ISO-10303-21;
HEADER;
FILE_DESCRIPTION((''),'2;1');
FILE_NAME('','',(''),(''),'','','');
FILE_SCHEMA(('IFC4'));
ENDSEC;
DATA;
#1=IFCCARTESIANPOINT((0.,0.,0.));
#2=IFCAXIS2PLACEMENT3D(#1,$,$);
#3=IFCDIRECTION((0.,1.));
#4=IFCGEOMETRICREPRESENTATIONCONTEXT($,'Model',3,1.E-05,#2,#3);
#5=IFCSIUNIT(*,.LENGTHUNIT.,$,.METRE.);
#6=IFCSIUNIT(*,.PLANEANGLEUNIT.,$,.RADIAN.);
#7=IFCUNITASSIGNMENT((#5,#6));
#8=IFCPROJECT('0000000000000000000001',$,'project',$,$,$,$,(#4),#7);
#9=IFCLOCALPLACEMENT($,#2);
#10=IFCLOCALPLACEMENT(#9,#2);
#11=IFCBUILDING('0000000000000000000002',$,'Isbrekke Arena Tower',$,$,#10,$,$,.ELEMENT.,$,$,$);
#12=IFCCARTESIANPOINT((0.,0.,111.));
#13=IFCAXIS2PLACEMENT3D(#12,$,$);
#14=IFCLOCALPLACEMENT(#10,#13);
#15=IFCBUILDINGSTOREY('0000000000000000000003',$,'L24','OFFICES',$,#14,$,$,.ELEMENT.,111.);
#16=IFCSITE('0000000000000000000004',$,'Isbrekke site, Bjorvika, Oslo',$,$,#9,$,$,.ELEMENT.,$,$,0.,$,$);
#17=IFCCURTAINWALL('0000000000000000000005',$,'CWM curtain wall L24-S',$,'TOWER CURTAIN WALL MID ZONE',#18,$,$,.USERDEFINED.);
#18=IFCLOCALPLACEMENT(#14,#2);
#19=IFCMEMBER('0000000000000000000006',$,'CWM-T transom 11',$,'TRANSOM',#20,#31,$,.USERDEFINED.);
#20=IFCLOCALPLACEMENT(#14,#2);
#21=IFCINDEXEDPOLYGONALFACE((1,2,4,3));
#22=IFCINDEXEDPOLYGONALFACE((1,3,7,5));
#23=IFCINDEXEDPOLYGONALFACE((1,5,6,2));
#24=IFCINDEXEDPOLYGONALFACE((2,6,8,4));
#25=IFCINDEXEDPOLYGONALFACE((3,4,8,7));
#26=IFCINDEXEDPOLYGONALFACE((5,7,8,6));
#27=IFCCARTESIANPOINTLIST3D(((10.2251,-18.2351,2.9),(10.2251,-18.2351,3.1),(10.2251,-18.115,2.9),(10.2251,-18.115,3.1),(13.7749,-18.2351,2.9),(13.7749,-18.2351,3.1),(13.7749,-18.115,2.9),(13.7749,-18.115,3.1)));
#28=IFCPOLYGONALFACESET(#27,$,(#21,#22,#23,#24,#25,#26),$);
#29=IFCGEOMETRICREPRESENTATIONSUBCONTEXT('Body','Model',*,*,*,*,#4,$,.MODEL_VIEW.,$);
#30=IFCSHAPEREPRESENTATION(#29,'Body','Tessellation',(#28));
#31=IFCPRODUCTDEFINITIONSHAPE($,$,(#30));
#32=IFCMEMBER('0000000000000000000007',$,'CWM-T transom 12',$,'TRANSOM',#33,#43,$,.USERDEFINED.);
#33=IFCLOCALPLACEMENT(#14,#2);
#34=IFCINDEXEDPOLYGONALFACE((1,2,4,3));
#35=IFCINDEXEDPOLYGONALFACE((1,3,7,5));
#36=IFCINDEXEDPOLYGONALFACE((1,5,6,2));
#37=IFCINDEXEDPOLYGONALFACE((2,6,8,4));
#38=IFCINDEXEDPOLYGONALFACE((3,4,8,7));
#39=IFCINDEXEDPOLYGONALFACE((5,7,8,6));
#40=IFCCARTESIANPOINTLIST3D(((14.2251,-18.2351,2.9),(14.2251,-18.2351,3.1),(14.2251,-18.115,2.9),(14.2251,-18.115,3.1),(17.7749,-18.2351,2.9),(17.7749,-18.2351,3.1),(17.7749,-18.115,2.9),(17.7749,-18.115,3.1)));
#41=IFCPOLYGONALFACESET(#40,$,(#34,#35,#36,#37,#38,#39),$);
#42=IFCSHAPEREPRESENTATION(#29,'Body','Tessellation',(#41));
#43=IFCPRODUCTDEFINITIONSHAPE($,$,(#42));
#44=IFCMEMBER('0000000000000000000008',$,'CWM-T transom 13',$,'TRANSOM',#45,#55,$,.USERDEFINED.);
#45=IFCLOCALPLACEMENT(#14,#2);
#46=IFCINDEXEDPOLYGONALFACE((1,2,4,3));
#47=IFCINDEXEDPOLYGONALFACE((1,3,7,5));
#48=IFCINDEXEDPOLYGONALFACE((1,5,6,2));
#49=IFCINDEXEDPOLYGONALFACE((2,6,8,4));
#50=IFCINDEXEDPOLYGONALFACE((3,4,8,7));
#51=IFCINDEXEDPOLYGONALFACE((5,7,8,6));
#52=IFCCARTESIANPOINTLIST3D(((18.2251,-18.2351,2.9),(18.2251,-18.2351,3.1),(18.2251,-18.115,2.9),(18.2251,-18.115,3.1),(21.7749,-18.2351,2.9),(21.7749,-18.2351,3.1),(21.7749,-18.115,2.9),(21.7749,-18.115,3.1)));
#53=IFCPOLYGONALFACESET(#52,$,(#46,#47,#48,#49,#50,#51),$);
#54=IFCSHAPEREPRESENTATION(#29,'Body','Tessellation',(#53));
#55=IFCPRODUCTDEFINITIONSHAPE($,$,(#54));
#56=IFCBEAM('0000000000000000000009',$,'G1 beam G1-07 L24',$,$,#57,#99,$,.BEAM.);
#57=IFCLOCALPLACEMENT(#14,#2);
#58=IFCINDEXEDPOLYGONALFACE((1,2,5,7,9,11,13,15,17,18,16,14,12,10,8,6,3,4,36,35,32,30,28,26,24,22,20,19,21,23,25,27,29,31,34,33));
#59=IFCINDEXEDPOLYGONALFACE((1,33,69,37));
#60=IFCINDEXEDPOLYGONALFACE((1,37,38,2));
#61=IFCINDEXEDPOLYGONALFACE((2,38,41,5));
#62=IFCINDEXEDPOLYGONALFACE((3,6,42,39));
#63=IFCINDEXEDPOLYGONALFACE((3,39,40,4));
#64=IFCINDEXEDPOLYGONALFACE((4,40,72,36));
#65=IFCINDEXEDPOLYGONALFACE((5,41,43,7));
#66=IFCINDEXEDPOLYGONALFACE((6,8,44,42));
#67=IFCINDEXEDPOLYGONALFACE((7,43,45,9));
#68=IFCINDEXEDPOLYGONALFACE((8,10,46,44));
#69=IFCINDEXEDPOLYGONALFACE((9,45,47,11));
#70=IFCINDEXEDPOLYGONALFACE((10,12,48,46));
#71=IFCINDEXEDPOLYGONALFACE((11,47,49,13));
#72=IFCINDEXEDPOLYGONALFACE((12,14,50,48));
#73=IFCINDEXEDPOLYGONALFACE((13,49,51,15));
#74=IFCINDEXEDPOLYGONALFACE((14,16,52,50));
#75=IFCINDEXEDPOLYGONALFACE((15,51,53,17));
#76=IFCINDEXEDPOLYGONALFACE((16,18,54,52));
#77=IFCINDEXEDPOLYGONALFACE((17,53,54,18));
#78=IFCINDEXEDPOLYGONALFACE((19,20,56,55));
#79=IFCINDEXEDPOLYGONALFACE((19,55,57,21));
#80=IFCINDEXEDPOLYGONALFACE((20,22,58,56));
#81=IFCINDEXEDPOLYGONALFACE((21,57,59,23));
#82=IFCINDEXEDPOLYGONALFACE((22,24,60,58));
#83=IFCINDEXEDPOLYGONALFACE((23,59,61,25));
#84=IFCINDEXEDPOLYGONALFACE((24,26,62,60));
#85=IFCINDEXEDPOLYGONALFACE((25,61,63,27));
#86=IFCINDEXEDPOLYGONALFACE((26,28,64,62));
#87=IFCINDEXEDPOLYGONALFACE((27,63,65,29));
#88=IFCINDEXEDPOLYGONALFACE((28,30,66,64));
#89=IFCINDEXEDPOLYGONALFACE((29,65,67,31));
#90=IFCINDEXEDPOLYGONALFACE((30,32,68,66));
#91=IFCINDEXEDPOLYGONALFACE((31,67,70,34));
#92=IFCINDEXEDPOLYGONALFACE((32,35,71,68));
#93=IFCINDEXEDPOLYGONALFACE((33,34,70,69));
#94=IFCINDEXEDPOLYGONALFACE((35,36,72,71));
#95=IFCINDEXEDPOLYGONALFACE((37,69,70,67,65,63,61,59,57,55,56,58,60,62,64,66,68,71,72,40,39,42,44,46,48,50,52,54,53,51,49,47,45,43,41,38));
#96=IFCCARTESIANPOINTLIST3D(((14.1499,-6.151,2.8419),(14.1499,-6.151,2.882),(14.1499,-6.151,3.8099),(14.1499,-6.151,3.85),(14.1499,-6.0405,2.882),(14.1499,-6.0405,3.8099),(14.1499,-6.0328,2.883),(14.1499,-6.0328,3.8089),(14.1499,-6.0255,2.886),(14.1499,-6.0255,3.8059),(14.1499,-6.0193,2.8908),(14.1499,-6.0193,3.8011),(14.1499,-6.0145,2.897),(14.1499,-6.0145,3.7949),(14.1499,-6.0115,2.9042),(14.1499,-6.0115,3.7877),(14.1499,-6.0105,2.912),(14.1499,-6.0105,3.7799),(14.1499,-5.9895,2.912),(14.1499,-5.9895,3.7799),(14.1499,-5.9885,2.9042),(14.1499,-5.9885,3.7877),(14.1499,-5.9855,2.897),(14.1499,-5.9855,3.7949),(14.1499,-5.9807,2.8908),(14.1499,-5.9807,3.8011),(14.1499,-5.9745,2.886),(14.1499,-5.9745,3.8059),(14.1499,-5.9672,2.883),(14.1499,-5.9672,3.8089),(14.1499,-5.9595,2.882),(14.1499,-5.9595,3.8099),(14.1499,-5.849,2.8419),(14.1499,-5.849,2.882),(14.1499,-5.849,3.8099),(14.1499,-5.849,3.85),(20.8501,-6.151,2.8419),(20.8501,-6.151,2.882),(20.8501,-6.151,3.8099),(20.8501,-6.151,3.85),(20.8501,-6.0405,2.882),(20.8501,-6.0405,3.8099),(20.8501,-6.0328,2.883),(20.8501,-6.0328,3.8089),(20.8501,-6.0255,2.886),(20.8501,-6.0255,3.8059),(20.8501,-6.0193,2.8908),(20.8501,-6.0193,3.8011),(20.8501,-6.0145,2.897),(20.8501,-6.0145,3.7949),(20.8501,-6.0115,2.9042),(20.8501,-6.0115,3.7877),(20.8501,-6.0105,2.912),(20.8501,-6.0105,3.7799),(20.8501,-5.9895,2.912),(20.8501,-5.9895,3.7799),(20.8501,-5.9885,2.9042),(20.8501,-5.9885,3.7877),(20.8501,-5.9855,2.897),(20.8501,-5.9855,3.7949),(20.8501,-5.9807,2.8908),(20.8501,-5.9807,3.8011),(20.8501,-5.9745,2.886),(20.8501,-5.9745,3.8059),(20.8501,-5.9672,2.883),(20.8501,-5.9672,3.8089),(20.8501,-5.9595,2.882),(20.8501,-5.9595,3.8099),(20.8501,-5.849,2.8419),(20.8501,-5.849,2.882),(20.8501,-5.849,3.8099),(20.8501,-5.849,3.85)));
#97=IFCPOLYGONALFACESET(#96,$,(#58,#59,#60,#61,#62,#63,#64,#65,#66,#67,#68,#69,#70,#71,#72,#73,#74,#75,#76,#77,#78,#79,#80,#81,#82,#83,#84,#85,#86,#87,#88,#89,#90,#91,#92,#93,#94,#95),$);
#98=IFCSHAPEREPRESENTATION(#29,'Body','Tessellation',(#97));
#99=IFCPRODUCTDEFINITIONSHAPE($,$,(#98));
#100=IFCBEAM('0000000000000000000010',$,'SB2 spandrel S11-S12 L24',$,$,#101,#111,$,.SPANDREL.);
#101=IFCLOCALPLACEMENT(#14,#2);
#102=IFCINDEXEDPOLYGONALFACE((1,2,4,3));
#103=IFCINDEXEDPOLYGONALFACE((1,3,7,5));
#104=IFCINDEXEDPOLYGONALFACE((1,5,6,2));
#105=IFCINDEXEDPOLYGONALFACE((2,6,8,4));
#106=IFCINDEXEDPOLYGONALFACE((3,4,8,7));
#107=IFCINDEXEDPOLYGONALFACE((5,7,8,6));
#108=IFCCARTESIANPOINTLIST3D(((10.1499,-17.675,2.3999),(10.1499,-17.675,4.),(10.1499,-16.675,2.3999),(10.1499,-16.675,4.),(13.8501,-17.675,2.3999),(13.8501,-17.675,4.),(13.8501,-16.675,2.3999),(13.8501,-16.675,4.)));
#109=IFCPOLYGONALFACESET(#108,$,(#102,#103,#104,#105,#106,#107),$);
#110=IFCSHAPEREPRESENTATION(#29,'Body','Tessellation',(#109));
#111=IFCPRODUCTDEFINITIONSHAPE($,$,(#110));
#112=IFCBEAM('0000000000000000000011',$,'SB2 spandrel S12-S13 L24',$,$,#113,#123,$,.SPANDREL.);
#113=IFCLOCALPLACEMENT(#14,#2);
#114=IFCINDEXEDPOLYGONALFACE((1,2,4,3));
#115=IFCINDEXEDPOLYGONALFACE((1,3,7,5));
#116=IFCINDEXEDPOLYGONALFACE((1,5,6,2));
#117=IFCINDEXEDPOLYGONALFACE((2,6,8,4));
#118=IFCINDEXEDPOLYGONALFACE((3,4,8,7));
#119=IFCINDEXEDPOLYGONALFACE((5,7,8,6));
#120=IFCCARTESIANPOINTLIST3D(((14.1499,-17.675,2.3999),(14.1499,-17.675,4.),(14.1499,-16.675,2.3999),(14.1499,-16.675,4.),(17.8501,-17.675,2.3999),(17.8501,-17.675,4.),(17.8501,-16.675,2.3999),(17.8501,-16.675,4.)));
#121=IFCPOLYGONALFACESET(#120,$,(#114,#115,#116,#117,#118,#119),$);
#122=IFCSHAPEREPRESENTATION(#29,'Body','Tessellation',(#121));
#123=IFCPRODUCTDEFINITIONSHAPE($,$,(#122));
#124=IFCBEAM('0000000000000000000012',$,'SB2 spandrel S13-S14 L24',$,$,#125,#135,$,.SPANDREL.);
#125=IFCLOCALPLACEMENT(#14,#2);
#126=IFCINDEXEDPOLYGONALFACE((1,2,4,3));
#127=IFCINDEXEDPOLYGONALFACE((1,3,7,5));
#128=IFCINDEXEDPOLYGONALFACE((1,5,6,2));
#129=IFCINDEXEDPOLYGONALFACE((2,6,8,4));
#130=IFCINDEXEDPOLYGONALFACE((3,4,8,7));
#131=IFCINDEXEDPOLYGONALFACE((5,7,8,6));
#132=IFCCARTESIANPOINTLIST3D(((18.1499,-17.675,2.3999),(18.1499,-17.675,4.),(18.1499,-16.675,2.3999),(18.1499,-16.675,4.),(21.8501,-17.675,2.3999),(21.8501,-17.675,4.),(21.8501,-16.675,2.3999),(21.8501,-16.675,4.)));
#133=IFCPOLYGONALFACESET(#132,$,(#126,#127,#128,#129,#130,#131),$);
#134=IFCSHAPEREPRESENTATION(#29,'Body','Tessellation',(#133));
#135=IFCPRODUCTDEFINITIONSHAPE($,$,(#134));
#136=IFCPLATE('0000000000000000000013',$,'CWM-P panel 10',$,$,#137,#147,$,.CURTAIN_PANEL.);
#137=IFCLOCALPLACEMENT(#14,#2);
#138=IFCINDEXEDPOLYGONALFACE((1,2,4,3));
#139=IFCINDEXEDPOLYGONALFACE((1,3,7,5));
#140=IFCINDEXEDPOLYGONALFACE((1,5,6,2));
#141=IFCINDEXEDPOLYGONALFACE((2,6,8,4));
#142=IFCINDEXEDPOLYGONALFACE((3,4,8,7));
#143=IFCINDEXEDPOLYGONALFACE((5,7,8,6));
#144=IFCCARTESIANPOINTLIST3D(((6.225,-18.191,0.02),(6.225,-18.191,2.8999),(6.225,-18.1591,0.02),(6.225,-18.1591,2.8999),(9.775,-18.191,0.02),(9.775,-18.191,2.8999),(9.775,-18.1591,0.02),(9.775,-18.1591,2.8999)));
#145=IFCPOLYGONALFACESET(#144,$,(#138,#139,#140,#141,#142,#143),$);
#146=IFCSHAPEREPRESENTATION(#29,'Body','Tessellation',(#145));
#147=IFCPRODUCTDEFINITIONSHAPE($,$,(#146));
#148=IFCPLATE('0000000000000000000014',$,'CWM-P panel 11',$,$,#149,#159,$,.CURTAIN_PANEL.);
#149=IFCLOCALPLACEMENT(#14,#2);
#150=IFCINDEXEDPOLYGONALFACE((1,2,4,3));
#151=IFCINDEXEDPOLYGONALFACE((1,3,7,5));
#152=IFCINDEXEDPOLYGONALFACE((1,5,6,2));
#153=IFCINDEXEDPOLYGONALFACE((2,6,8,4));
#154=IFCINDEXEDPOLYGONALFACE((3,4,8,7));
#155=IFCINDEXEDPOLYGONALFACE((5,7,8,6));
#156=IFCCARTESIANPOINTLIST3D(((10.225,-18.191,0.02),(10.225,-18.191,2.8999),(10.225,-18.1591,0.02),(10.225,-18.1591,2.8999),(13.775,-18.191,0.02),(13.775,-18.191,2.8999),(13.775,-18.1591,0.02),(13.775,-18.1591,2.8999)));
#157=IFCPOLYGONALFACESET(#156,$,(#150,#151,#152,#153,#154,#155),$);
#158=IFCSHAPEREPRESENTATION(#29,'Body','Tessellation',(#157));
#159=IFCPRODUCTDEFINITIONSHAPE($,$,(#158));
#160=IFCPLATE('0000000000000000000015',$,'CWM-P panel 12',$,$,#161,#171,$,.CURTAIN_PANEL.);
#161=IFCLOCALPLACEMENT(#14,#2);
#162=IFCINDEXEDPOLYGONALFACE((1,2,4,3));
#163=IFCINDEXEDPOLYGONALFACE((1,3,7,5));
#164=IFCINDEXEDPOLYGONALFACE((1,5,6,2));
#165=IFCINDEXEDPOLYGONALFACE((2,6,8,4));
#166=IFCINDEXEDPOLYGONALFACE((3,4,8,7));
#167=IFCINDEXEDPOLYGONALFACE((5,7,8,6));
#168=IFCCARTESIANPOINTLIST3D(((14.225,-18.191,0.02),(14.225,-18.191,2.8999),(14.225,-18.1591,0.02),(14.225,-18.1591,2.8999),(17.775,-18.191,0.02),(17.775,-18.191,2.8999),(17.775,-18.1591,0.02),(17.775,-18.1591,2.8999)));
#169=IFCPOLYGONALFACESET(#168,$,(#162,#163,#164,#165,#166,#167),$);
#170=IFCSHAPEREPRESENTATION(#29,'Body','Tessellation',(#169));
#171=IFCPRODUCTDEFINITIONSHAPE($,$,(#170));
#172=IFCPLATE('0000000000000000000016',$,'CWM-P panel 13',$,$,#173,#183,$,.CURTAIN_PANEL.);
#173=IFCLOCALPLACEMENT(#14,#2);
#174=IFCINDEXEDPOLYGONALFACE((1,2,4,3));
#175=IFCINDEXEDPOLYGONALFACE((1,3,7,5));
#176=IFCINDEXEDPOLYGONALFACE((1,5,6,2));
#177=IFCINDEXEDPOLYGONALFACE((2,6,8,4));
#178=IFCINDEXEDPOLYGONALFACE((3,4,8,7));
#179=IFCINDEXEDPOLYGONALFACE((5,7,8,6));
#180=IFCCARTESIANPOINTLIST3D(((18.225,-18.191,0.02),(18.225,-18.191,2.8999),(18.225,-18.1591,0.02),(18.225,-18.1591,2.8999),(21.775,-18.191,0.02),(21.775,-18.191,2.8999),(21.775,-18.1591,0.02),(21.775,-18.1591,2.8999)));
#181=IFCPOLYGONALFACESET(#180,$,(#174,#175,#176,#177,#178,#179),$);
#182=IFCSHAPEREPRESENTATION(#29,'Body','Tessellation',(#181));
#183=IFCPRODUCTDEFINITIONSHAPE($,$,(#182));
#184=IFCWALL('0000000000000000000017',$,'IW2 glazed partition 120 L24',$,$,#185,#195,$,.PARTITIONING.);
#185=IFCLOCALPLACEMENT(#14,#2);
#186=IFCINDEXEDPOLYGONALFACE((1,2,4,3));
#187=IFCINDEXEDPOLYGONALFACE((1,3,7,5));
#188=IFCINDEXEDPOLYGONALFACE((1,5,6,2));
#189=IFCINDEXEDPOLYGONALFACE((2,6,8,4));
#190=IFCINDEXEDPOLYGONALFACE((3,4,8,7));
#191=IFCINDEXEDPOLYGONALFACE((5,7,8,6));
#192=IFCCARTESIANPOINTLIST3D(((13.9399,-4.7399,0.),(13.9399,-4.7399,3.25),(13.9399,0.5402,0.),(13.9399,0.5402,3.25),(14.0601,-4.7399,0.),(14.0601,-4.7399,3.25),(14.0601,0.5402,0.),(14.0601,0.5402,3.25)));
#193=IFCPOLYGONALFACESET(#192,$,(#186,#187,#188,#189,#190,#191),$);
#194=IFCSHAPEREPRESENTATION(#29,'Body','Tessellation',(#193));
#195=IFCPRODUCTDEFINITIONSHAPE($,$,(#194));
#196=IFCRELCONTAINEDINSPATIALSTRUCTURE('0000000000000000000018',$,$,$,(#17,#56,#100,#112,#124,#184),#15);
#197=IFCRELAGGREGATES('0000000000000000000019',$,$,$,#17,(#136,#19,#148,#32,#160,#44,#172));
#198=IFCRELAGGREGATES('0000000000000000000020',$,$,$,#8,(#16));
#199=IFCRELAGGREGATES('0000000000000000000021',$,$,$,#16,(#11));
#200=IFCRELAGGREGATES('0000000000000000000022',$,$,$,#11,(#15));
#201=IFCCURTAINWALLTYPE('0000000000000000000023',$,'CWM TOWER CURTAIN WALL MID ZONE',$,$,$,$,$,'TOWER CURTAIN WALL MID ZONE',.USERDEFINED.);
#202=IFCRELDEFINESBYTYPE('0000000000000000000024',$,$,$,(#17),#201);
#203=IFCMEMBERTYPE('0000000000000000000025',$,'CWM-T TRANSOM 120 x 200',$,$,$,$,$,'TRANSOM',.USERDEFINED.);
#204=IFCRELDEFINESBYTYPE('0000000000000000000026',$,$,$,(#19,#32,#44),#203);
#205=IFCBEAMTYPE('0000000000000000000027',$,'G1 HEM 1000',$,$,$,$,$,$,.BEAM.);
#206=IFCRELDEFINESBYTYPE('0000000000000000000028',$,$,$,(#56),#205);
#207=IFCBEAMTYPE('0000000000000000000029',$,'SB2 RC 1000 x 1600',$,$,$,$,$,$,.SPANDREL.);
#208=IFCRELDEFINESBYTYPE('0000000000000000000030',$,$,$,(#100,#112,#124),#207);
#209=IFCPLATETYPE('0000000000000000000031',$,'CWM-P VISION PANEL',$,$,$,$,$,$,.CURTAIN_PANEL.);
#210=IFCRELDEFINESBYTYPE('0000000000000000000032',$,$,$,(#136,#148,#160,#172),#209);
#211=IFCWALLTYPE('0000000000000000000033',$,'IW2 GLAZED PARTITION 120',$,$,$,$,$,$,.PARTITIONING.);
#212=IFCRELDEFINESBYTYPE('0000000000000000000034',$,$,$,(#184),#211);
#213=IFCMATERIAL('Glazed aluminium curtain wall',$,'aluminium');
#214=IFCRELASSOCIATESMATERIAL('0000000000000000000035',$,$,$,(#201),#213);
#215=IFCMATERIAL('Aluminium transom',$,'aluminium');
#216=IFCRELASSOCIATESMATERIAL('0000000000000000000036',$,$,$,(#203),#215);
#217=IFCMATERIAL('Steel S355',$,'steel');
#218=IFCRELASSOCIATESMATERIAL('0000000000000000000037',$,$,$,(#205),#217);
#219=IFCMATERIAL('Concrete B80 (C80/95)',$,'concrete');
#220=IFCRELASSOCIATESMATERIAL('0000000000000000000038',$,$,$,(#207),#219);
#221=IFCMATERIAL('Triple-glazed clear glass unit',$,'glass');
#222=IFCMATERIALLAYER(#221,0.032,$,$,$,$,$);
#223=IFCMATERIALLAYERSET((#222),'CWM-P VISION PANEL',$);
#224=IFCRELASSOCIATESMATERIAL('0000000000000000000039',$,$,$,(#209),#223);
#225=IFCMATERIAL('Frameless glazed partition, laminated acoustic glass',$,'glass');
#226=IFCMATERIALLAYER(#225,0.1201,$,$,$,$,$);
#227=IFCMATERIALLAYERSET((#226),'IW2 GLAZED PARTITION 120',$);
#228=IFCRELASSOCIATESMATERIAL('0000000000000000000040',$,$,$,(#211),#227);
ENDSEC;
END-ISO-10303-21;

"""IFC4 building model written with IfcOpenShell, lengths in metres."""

from ifc_helpers import new_model, si_unit, direction, frame, frame_2d, origin, origin_2d, place, context, subcontext, project, spatial, rectangle, i_section, extrude, material, layer, layer_set, material_profile, profile_set, type_object, element, aggregate, save


model = new_model("IFC4")

# Units and contexts
model_context = context("Model", 3, precision=1e-05, world=origin(), true_north=direction((0.0, 1.0)))
body_context = subcontext(model_context, "Body", "Model", "MODEL_VIEW")
ifc_project = project(units=[si_unit("LENGTHUNIT", "METRE"), si_unit("PLANEANGLEUNIT", "RADIAN")], contexts=[model_context])

# Site, building, storey
site_placement = place(None, origin())
site = spatial("IfcSite", under=ifc_project, at=site_placement, Name="Isbrekke site, Bjorvika, Oslo", CompositionType="ELEMENT", RefElevation=0.0)
building_placement = place(site_placement, origin())
building = spatial("IfcBuilding", under=site, at=building_placement, Name="Isbrekke Arena Tower", CompositionType="ELEMENT")
storey_placement = place(building_placement, frame((0.0, 0.0, 111.0)))
storey = spatial("IfcBuildingStorey", under=building, at=storey_placement, Name="L24", Description="OFFICES", CompositionType="ELEMENT", Elevation=111.0)

# Curtain wall, members
ifc_material_1 = material(Name="Glazed aluminium curtain wall", Category="aluminium")
curtain_wall_type = type_object("IfcCurtainWallType", Name="CWM TOWER CURTAIN WALL MID ZONE", ElementType="TOWER CURTAIN WALL MID ZONE", PredefinedType="USERDEFINED", material=ifc_material_1)
curtain_wall_placement = place(storey_placement, origin())
curtain_wall = element("IfcCurtainWall", 1, at=curtain_wall_placement, inside=storey, type_object=curtain_wall_type, Name="CWM curtain wall L24-S", ObjectType="TOWER CURTAIN WALL MID ZONE", PredefinedType="USERDEFINED")
ifc_material_2 = material(Name="Aluminium transom", Category="aluminium")
ifc_material_profile_1 = material_profile(ifc_material_2, rectangle(XDim=0.1201, YDim=0.2, at=origin_2d()), Name="TRANSOM 120X200")
ifc_profile_set_1 = profile_set([ifc_material_profile_1], Name="Aluminium transom")
member_type_1 = type_object("IfcMemberType", Name="CWM-T TRANSOM 120 x 200", ElementType="TRANSOM", PredefinedType="USERDEFINED", material=ifc_profile_set_1)
member_1_placement = place(storey_placement, frame((10.2251, -18.175, 3.0), z_axis=(1.0, 0.0, 0.0), x_axis=(0.0, 1.0, 0.0)))
member_1 = element("IfcMember", 2, at=member_1_placement, type_object=member_type_1, Name="CWM-T transom 11", ObjectType="TRANSOM", PredefinedType="USERDEFINED", context=body_context, shape_type="SweptSolid", body=[
    extrude(rectangle(XDim=0.1201, YDim=0.2, at=origin_2d()), origin(), (0.0, 0.0, 1.0), 3.5498),
])
member_2_placement = place(storey_placement, frame((14.2251, -18.175, 3.0), z_axis=(1.0, 0.0, 0.0), x_axis=(0.0, 1.0, 0.0)))
member_2 = element("IfcMember", 3, at=member_2_placement, type_object=member_type_1, Name="CWM-T transom 12", ObjectType="TRANSOM", PredefinedType="USERDEFINED", context=body_context, shape_type="SweptSolid", body=[
    extrude(rectangle(XDim=0.1201, YDim=0.2, at=origin_2d()), origin(), (0.0, 0.0, 1.0), 3.5498),
])
member_3_placement = place(storey_placement, frame((18.2251, -18.175, 3.0), z_axis=(1.0, 0.0, 0.0), x_axis=(0.0, 1.0, 0.0)))
member_3 = element("IfcMember", 4, at=member_3_placement, type_object=member_type_1, Name="CWM-T transom 13", ObjectType="TRANSOM", PredefinedType="USERDEFINED", context=body_context, shape_type="SweptSolid", body=[
    extrude(rectangle(XDim=0.1201, YDim=0.2, at=origin_2d()), origin(), (0.0, 0.0, 1.0), 3.5498),
])

# Beams
ifc_material_3 = material(Name="Steel S355", Category="steel")
ifc_material_profile_2 = material_profile(ifc_material_3, i_section(OverallWidth=0.302, OverallDepth=1.0081, WebThickness=0.021, FlangeThickness=0.04, FilletRadius=0.03, at=origin_2d()), Name="HEM 1000")
ifc_profile_set_2 = profile_set([ifc_material_profile_2], Name="Steel S355")
beam_type_1 = type_object("IfcBeamType", Name="G1 HEM 1000", PredefinedType="BEAM", material=ifc_profile_set_2)
beam_1_placement = place(storey_placement, frame((14.1499, -6.0, 3.3459), z_axis=(1.0, 0.0, 0.0), x_axis=(0.0, 1.0, 0.0)))
element("IfcBeam", 5, at=beam_1_placement, inside=storey, type_object=beam_type_1, Name="G1 beam G1-07 L24", PredefinedType="BEAM", context=body_context, shape_type="SweptSolid", body=[
    extrude(i_section(OverallWidth=0.302, OverallDepth=1.0081, WebThickness=0.021, FlangeThickness=0.04, FilletRadius=0.03, at=origin_2d()), origin(), (0.0, 0.0, 1.0), 6.7002),
])
ifc_material_4 = material(Name="Concrete B80 (C80/95)", Category="concrete")
ifc_material_profile_3 = material_profile(ifc_material_4, rectangle(XDim=1.0, YDim=1.6001, at=origin_2d()), Name="RC 1000x1600")
ifc_profile_set_3 = profile_set([ifc_material_profile_3], Name="Concrete B80 (C80/95)")
beam_type_2 = type_object("IfcBeamType", Name="SB2 RC 1000 x 1600", PredefinedType="SPANDREL", material=ifc_profile_set_3)
for number, where, z_axis, x_axis, name in (
    (6, (10.1499, -17.175, 3.2), (1.0, 0.0, 0.0), (0.0, 1.0, 0.0), "SB2 spandrel S11-S12 L24"),
    (7, (14.1499, -17.175, 3.2), (1.0, 0.0, 0.0), (0.0, 1.0, 0.0), "SB2 spandrel S12-S13 L24"),
    (8, (18.1499, -17.175, 3.2), (1.0, 0.0, 0.0), (0.0, 1.0, 0.0), "SB2 spandrel S13-S14 L24"),
):
    element("IfcBeam", number, at=place(storey_placement, frame(where, z_axis=z_axis, x_axis=x_axis)), inside=storey, type_object=beam_type_2, Name=name, PredefinedType="SPANDREL", context=body_context, shape_type="SweptSolid", body=[
        extrude(rectangle(XDim=1.0, YDim=1.6001, at=origin_2d()), origin(), (0.0, 0.0, 1.0), 3.7002),
    ])

# Plates
ifc_material_5 = material(Name="Triple-glazed clear glass unit", Category="glass")
ifc_layer_1 = layer(ifc_material_5, 0.032)
ifc_layer_set_1 = layer_set([ifc_layer_1], Name="CWM-P VISION PANEL")
plate_type = type_object("IfcPlateType", Name="CWM-P VISION PANEL", PredefinedType="CURTAIN_PANEL", material=ifc_layer_set_1)
plate_1_placement = place(storey_placement, frame((8.0, -18.175, 0.02), z_axis=(0.0, 0.0, 1.0), x_axis=(1.0, 0.0, 0.0)))
plate_1 = element("IfcPlate", 9, at=plate_1_placement, type_object=plate_type, Name="CWM-P panel 10", PredefinedType="CURTAIN_PANEL", context=body_context, shape_type="SweptSolid", body=[
    extrude(rectangle(XDim=3.55, YDim=0.032, at=origin_2d()), origin(), (0.0, 0.0, 1.0), 2.8799),
])
plate_2_placement = place(storey_placement, frame((12.0, -18.175, 0.02), z_axis=(0.0, 0.0, 1.0), x_axis=(1.0, 0.0, 0.0)))
plate_2 = element("IfcPlate", 10, at=plate_2_placement, type_object=plate_type, Name="CWM-P panel 11", PredefinedType="CURTAIN_PANEL", context=body_context, shape_type="SweptSolid", body=[
    extrude(rectangle(XDim=3.55, YDim=0.032, at=origin_2d()), origin(), (0.0, 0.0, 1.0), 2.8799),
])
plate_3_placement = place(storey_placement, frame((16.0, -18.175, 0.02), z_axis=(0.0, 0.0, 1.0), x_axis=(1.0, 0.0, 0.0)))
plate_3 = element("IfcPlate", 11, at=plate_3_placement, type_object=plate_type, Name="CWM-P panel 12", PredefinedType="CURTAIN_PANEL", context=body_context, shape_type="SweptSolid", body=[
    extrude(rectangle(XDim=3.55, YDim=0.032, at=origin_2d()), origin(), (0.0, 0.0, 1.0), 2.8799),
])
plate_4_placement = place(storey_placement, frame((20.0, -18.175, 0.02), z_axis=(0.0, 0.0, 1.0), x_axis=(1.0, 0.0, 0.0)))
plate_4 = element("IfcPlate", 12, at=plate_4_placement, type_object=plate_type, Name="CWM-P panel 13", PredefinedType="CURTAIN_PANEL", context=body_context, shape_type="SweptSolid", body=[
    extrude(rectangle(XDim=3.55, YDim=0.032, at=origin_2d()), origin(), (0.0, 0.0, 1.0), 2.8799),
])
aggregate(curtain_wall, [plate_1, member_1, plate_2, member_2, plate_3, member_3, plate_4])

# Wall
ifc_material_6 = material(Name="Frameless glazed partition, laminated acoustic glass", Category="glass")
ifc_layer_2 = layer(ifc_material_6, 0.1201)
ifc_layer_set_2 = layer_set([ifc_layer_2], Name="IW2 GLAZED PARTITION 120")
wall_type_1 = type_object("IfcWallType", Name="IW2 GLAZED PARTITION 120", PredefinedType="PARTITIONING", material=ifc_layer_set_2)
wall_1_placement = place(storey_placement, frame((14.0, -4.74, 0.0), z_axis=(0.0, 0.0, 1.0), x_axis=(0.0, 1.0, 0.0)))
element("IfcWall", 13, at=wall_1_placement, inside=storey, type_object=wall_type_1, Name="IW2 glazed partition 120 L24", PredefinedType="PARTITIONING", context=body_context, shape_type="SweptSolid", body=[
    extrude(rectangle(XDim=5.28, YDim=0.1201, at=frame_2d((2.6401, 0.0))), origin(), (0.0, 0.0, 1.0), 3.25),
])

save(model, "model.ifc")
